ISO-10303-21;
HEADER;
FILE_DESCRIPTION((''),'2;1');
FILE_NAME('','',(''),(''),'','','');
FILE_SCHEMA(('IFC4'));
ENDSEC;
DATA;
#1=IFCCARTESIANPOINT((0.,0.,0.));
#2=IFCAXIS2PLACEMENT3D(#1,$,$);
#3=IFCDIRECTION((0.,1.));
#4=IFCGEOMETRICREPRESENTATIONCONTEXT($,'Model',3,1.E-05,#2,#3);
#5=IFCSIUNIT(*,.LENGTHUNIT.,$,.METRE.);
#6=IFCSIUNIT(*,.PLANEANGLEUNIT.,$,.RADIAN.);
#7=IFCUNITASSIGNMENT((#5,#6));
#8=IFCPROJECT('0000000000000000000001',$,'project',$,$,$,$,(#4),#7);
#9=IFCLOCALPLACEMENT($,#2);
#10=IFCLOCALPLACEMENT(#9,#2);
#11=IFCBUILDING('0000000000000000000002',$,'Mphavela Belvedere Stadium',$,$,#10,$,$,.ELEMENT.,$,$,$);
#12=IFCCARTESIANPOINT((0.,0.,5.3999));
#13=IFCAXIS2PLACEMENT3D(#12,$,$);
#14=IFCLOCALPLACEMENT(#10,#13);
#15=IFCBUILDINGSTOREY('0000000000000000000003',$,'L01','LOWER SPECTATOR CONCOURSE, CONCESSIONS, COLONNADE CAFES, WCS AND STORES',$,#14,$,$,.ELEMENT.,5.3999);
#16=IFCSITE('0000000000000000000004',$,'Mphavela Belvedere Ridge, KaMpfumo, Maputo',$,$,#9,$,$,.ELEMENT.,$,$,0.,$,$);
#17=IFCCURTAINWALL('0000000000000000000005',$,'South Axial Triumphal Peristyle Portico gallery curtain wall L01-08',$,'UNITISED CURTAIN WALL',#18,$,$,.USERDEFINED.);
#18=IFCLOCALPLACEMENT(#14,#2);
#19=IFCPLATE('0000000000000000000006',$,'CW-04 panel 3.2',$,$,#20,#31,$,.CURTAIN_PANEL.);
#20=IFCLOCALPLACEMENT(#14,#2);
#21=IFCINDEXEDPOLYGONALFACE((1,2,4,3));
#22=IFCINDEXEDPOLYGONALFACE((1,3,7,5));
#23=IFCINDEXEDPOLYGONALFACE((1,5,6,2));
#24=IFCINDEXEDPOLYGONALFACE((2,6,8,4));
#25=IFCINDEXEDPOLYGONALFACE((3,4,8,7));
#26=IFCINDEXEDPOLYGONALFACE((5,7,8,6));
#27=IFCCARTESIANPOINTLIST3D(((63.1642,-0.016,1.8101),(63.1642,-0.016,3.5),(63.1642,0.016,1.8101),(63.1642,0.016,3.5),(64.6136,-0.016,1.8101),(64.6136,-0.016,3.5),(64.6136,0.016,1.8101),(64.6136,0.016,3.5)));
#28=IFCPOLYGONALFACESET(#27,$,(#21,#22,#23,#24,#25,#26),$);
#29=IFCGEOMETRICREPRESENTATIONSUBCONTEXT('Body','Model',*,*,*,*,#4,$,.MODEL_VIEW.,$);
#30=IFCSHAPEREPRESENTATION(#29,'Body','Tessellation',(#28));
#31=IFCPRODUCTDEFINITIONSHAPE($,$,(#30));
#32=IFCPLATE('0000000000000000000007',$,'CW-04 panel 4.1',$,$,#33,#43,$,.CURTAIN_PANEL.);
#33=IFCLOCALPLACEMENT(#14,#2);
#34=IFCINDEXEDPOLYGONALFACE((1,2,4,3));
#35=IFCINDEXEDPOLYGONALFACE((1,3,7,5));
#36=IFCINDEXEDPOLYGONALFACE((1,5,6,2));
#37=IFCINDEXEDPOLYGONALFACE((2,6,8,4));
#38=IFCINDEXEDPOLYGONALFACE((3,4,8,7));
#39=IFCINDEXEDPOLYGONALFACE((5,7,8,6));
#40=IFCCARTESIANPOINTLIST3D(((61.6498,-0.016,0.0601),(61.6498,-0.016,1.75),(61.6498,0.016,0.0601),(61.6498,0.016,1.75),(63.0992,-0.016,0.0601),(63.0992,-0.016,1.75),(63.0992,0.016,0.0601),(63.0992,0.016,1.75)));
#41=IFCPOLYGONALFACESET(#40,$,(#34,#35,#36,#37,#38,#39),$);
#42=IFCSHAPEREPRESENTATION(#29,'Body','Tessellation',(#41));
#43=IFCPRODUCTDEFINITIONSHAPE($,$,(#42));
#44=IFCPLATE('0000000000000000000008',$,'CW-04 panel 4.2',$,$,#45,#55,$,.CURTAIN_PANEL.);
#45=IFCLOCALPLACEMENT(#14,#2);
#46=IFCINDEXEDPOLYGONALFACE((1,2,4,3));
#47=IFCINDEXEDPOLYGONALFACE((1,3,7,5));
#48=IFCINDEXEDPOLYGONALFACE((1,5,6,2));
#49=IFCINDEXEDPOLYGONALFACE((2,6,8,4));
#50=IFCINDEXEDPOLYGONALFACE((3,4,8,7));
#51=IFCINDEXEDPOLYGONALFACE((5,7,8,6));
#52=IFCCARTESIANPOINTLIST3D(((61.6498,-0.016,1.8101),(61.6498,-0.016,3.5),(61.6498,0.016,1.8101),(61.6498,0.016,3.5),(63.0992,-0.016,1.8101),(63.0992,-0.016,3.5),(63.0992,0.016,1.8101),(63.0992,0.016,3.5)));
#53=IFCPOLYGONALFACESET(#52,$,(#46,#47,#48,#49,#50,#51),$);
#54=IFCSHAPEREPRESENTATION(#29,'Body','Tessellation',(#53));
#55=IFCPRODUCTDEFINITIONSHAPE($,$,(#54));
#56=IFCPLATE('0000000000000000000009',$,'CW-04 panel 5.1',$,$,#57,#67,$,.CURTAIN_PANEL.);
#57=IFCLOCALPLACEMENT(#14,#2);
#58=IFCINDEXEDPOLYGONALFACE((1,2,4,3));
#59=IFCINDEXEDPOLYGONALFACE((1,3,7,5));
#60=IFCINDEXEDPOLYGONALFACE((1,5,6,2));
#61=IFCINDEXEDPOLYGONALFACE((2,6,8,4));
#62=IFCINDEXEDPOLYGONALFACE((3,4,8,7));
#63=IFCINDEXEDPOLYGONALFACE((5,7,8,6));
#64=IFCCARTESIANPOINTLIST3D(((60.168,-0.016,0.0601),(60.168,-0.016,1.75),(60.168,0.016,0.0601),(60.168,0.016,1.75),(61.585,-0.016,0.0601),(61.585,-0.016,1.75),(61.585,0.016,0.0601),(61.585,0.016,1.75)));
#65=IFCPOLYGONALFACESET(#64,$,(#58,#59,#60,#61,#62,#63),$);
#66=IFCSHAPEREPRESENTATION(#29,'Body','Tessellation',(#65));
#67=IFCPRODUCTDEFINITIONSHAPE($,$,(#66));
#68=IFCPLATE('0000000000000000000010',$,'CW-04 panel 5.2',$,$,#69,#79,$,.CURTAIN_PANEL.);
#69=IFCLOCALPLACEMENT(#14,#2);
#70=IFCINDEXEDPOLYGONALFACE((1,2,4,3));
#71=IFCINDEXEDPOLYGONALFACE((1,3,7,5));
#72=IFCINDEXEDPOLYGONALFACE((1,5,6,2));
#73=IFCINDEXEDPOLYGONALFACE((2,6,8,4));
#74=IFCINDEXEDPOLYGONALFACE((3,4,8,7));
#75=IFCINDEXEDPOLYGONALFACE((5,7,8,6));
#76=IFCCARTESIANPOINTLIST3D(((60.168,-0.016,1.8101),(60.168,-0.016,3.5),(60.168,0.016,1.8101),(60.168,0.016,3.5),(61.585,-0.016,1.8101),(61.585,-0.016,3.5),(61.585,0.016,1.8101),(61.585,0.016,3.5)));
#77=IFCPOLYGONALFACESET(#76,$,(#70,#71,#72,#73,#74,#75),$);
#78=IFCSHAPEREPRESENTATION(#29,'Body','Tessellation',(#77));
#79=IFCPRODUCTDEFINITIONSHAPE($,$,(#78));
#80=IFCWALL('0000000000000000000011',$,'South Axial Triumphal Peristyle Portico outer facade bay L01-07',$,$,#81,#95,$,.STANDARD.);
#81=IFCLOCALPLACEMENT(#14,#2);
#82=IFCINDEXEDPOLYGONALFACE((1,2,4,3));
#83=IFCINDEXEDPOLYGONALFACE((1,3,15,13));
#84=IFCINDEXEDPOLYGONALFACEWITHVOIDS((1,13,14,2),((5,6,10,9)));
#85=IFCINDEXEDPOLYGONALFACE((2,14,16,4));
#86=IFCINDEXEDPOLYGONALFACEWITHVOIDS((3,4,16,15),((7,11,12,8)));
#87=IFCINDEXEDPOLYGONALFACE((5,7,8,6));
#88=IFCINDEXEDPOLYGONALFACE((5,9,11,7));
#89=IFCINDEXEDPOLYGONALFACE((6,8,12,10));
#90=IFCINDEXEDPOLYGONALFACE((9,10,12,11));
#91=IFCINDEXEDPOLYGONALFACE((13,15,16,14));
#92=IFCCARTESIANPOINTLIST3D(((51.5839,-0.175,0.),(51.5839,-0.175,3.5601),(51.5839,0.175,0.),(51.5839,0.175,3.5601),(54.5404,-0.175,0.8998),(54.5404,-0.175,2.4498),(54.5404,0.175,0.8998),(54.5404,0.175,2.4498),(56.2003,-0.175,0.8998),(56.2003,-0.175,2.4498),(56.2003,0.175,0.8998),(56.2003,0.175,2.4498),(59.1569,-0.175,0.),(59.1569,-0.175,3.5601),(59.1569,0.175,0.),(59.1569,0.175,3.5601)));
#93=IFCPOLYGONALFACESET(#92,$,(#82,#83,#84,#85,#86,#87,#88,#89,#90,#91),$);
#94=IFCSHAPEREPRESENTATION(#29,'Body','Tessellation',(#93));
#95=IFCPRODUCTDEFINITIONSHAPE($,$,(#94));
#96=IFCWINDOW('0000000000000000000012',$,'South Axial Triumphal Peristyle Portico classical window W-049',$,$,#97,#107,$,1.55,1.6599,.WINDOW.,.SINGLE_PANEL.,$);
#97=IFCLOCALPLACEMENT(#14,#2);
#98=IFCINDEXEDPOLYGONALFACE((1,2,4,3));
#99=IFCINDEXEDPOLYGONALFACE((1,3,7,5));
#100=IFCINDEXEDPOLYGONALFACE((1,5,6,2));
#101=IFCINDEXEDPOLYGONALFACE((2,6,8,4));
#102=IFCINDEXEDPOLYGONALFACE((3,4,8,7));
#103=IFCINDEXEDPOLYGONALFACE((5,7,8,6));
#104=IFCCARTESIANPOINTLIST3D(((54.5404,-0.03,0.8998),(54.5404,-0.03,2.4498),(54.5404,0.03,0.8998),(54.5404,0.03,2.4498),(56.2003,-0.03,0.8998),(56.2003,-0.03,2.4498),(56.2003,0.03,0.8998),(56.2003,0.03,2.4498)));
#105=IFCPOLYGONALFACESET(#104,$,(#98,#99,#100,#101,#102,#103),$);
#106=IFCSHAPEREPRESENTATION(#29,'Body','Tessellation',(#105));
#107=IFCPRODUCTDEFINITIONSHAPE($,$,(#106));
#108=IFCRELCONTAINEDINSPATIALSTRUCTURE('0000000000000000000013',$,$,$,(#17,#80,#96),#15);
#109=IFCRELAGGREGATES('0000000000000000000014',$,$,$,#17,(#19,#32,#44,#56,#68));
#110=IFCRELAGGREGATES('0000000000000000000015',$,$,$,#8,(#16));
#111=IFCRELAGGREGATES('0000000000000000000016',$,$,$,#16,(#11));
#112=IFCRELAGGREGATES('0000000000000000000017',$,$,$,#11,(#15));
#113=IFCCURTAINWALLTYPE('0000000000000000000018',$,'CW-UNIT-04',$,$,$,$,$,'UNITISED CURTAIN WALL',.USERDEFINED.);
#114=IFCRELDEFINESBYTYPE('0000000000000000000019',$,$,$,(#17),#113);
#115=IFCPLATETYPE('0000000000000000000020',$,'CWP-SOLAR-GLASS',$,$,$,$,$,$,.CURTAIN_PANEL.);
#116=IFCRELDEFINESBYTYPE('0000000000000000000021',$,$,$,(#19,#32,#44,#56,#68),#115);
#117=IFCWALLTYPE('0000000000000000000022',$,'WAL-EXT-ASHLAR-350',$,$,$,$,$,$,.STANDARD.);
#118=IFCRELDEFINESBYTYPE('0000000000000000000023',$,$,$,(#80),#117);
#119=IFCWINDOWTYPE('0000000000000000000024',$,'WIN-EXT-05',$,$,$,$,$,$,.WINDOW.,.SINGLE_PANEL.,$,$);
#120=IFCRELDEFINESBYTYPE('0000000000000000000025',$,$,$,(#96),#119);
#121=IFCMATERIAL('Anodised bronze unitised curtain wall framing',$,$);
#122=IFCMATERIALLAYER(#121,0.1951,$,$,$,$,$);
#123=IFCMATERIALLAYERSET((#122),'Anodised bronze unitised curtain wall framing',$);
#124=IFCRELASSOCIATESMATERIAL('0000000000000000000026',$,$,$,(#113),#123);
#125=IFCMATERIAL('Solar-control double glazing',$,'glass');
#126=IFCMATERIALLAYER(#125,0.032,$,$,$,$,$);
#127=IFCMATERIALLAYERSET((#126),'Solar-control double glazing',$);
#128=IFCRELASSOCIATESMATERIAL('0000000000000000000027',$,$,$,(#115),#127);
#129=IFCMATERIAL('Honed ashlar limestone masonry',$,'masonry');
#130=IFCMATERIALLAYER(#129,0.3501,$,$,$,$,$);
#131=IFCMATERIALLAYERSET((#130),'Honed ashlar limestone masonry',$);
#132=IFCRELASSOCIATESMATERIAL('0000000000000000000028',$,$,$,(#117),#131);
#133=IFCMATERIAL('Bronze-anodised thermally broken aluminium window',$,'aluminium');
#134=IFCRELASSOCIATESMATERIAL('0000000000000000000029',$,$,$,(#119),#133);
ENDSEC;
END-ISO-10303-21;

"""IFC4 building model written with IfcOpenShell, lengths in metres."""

from ifc_helpers import new_model, si_unit, direction, frame, frame_2d, origin, origin_2d, place, context, subcontext, project, spatial, rectangle, extrude, material, layer, layer_set, type_object, element, fill, aggregate, save


model = new_model("IFC4")

# Units and contexts
model_context = context("Model", 3, precision=1e-05, world=origin(), true_north=direction((0.0, 1.0)))
body_context = subcontext(model_context, "Body", "Model", "MODEL_VIEW")
ifc_project = project(units=[si_unit("LENGTHUNIT", "METRE"), si_unit("PLANEANGLEUNIT", "RADIAN")], contexts=[model_context])

# Site, building, storey
site_placement = place(None, origin())
site = spatial("IfcSite", under=ifc_project, at=site_placement, Name="Mphavela Belvedere Ridge, KaMpfumo, Maputo", CompositionType="ELEMENT", RefElevation=0.0)
building_placement = place(site_placement, origin())
building = spatial("IfcBuilding", under=site, at=building_placement, Name="Mphavela Belvedere Stadium", CompositionType="ELEMENT")
storey_placement = place(building_placement, frame((0.0, 0.0, 5.3999)))
storey = spatial("IfcBuildingStorey", under=building, at=storey_placement, Name="L01", Description="LOWER SPECTATOR CONCOURSE, CONCESSIONS, COLONNADE CAFES, WCS AND STORES", CompositionType="ELEMENT", Elevation=5.3999)

# Curtain wall, plates
ifc_material_1 = material(Name="Anodised bronze unitised curtain wall framing")
ifc_layer_1 = layer(ifc_material_1, 0.1951)
ifc_layer_set_1 = layer_set([ifc_layer_1], Name="Anodised bronze unitised curtain wall framing")
curtain_wall_type = type_object("IfcCurtainWallType", Name="CW-UNIT-04", ElementType="UNITISED CURTAIN WALL", PredefinedType="USERDEFINED", material=ifc_layer_set_1)
curtain_wall_placement = place(storey_placement, origin())
curtain_wall = element("IfcCurtainWall", 1, at=curtain_wall_placement, inside=storey, type_object=curtain_wall_type, Name="South Axial Triumphal Peristyle Portico gallery curtain wall L01-08", ObjectType="UNITISED CURTAIN WALL", PredefinedType="USERDEFINED")
ifc_material_2 = material(Name="Solar-control double glazing", Category="glass")
ifc_layer_2 = layer(ifc_material_2, 0.032)
ifc_layer_set_2 = layer_set([ifc_layer_2], Name="Solar-control double glazing")
plate_type = type_object("IfcPlateType", Name="CWP-SOLAR-GLASS", PredefinedType="CURTAIN_PANEL", material=ifc_layer_set_2)
plate_1_placement = place(storey_placement, frame((63.8889, 0.0, 1.8101), z_axis=(0.0, 0.0, 1.0), x_axis=(-1.0, 0.0, 0.0)))
plate_1 = element("IfcPlate", 2, at=plate_1_placement, type_object=plate_type, Name="CW-04 panel 3.2", PredefinedType="CURTAIN_PANEL", context=body_context, shape_type="SweptSolid", body=[
    extrude(rectangle(XDim=1.4495, YDim=0.032, at=origin_2d()), origin(), (0.0, 0.0, 1.0), 1.6899),
])
plate_2_placement = place(storey_placement, frame((62.3745, 0.0, 0.0601), z_axis=(0.0, 0.0, 1.0), x_axis=(-1.0, 0.0, 0.0)))
plate_2 = element("IfcPlate", 3, at=plate_2_placement, type_object=plate_type, Name="CW-04 panel 4.1", PredefinedType="CURTAIN_PANEL", context=body_context, shape_type="SweptSolid", body=[
    extrude(rectangle(XDim=1.4495, YDim=0.032, at=origin_2d()), origin(), (0.0, 0.0, 1.0), 1.6899),
])
plate_3_placement = place(storey_placement, frame((62.3745, 0.0, 1.8101), z_axis=(0.0, 0.0, 1.0), x_axis=(-1.0, 0.0, 0.0)))
plate_3 = element("IfcPlate", 4, at=plate_3_placement, type_object=plate_type, Name="CW-04 panel 4.2", PredefinedType="CURTAIN_PANEL", context=body_context, shape_type="SweptSolid", body=[
    extrude(rectangle(XDim=1.4495, YDim=0.032, at=origin_2d()), origin(), (0.0, 0.0, 1.0), 1.6899),
])
plate_4_placement = place(storey_placement, frame((60.8765, 0.0, 0.0601), z_axis=(0.0, 0.0, 1.0), x_axis=(-1.0, 0.0, 0.0)))
plate_4 = element("IfcPlate", 5, at=plate_4_placement, type_object=plate_type, Name="CW-04 panel 5.1", PredefinedType="CURTAIN_PANEL", context=body_context, shape_type="SweptSolid", body=[
    extrude(rectangle(XDim=1.417, YDim=0.032, at=origin_2d()), origin(), (0.0, 0.0, 1.0), 1.6899),
])
plate_5_placement = place(storey_placement, frame((60.8765, 0.0, 1.8101), z_axis=(0.0, 0.0, 1.0), x_axis=(-1.0, 0.0, 0.0)))
plate_5 = element("IfcPlate", 6, at=plate_5_placement, type_object=plate_type, Name="CW-04 panel 5.2", PredefinedType="CURTAIN_PANEL", context=body_context, shape_type="SweptSolid", body=[
    extrude(rectangle(XDim=1.417, YDim=0.032, at=origin_2d()), origin(), (0.0, 0.0, 1.0), 1.6899),
])
aggregate(curtain_wall, [plate_1, plate_2, plate_3, plate_4, plate_5])

# Wall, opening, window
ifc_material_3 = material(Name="Honed ashlar limestone masonry", Category="masonry")
ifc_layer_3 = layer(ifc_material_3, 0.3501)
ifc_layer_set_3 = layer_set([ifc_layer_3], Name="Honed ashlar limestone masonry")
wall_type = type_object("IfcWallType", Name="WAL-EXT-ASHLAR-350", PredefinedType="STANDARD", material=ifc_layer_set_3)
wall_placement = place(storey_placement, frame((59.157, 0.0, 0.0), z_axis=(0.0, 0.0, 1.0), x_axis=(-1.0, 0.0, 0.0)))
wall = element("IfcWall", 7, at=wall_placement, inside=storey, type_object=wall_type, Name="South Axial Triumphal Peristyle Portico outer facade bay L01-07", PredefinedType="STANDARD", context=body_context, shape_type="SweptSolid", body=[
    extrude(rectangle(XDim=7.573, YDim=0.3501, at=frame_2d((3.7866, 0.0))), origin(), (0.0, 0.0, 1.0), 3.5601),
])
opening_placement = place(wall_placement, frame((2.9565, 0.0, 0.8999)))
opening = element("IfcOpeningElement", 8, at=opening_placement, cuts=wall, PredefinedType="OPENING", context=body_context, shape_type="SweptSolid", body=[
    extrude(rectangle(XDim=1.6599, YDim=1.55, at=frame_2d((0.8301, 0.7749))), frame((0.0, 0.1851, 0.0), z_axis=(0.0, -1.0, 0.0), x_axis=(1.0, 0.0, 0.0)), (0.0, 0.0, 1.0), 0.3701),
])
ifc_material_4 = material(Name="Bronze-anodised thermally broken aluminium window", Category="aluminium")
window_type = type_object("IfcWindowType", Name="WIN-EXT-05", PartitioningType="SINGLE_PANEL", PredefinedType="WINDOW", material=ifc_material_4)
window_placement = place(opening_placement, origin())
window = element("IfcWindow", 9, at=window_placement, inside=storey, type_object=window_type, Name="South Axial Triumphal Peristyle Portico classical window W-049", OverallHeight=1.55, OverallWidth=1.6599, PartitioningType="SINGLE_PANEL", PredefinedType="WINDOW", context=body_context, shape_type="SweptSolid", body=[
    extrude(rectangle(XDim=1.6599, YDim=1.55, at=frame_2d((0.8301, 0.7749))), frame((0.0, 0.03, 0.0), z_axis=(0.0, -1.0, 0.0), x_axis=(1.0, 0.0, 0.0)), (0.0, 0.0, 1.0), 0.0601),
])
fill(opening, window)

save(model, "model.ifc")
